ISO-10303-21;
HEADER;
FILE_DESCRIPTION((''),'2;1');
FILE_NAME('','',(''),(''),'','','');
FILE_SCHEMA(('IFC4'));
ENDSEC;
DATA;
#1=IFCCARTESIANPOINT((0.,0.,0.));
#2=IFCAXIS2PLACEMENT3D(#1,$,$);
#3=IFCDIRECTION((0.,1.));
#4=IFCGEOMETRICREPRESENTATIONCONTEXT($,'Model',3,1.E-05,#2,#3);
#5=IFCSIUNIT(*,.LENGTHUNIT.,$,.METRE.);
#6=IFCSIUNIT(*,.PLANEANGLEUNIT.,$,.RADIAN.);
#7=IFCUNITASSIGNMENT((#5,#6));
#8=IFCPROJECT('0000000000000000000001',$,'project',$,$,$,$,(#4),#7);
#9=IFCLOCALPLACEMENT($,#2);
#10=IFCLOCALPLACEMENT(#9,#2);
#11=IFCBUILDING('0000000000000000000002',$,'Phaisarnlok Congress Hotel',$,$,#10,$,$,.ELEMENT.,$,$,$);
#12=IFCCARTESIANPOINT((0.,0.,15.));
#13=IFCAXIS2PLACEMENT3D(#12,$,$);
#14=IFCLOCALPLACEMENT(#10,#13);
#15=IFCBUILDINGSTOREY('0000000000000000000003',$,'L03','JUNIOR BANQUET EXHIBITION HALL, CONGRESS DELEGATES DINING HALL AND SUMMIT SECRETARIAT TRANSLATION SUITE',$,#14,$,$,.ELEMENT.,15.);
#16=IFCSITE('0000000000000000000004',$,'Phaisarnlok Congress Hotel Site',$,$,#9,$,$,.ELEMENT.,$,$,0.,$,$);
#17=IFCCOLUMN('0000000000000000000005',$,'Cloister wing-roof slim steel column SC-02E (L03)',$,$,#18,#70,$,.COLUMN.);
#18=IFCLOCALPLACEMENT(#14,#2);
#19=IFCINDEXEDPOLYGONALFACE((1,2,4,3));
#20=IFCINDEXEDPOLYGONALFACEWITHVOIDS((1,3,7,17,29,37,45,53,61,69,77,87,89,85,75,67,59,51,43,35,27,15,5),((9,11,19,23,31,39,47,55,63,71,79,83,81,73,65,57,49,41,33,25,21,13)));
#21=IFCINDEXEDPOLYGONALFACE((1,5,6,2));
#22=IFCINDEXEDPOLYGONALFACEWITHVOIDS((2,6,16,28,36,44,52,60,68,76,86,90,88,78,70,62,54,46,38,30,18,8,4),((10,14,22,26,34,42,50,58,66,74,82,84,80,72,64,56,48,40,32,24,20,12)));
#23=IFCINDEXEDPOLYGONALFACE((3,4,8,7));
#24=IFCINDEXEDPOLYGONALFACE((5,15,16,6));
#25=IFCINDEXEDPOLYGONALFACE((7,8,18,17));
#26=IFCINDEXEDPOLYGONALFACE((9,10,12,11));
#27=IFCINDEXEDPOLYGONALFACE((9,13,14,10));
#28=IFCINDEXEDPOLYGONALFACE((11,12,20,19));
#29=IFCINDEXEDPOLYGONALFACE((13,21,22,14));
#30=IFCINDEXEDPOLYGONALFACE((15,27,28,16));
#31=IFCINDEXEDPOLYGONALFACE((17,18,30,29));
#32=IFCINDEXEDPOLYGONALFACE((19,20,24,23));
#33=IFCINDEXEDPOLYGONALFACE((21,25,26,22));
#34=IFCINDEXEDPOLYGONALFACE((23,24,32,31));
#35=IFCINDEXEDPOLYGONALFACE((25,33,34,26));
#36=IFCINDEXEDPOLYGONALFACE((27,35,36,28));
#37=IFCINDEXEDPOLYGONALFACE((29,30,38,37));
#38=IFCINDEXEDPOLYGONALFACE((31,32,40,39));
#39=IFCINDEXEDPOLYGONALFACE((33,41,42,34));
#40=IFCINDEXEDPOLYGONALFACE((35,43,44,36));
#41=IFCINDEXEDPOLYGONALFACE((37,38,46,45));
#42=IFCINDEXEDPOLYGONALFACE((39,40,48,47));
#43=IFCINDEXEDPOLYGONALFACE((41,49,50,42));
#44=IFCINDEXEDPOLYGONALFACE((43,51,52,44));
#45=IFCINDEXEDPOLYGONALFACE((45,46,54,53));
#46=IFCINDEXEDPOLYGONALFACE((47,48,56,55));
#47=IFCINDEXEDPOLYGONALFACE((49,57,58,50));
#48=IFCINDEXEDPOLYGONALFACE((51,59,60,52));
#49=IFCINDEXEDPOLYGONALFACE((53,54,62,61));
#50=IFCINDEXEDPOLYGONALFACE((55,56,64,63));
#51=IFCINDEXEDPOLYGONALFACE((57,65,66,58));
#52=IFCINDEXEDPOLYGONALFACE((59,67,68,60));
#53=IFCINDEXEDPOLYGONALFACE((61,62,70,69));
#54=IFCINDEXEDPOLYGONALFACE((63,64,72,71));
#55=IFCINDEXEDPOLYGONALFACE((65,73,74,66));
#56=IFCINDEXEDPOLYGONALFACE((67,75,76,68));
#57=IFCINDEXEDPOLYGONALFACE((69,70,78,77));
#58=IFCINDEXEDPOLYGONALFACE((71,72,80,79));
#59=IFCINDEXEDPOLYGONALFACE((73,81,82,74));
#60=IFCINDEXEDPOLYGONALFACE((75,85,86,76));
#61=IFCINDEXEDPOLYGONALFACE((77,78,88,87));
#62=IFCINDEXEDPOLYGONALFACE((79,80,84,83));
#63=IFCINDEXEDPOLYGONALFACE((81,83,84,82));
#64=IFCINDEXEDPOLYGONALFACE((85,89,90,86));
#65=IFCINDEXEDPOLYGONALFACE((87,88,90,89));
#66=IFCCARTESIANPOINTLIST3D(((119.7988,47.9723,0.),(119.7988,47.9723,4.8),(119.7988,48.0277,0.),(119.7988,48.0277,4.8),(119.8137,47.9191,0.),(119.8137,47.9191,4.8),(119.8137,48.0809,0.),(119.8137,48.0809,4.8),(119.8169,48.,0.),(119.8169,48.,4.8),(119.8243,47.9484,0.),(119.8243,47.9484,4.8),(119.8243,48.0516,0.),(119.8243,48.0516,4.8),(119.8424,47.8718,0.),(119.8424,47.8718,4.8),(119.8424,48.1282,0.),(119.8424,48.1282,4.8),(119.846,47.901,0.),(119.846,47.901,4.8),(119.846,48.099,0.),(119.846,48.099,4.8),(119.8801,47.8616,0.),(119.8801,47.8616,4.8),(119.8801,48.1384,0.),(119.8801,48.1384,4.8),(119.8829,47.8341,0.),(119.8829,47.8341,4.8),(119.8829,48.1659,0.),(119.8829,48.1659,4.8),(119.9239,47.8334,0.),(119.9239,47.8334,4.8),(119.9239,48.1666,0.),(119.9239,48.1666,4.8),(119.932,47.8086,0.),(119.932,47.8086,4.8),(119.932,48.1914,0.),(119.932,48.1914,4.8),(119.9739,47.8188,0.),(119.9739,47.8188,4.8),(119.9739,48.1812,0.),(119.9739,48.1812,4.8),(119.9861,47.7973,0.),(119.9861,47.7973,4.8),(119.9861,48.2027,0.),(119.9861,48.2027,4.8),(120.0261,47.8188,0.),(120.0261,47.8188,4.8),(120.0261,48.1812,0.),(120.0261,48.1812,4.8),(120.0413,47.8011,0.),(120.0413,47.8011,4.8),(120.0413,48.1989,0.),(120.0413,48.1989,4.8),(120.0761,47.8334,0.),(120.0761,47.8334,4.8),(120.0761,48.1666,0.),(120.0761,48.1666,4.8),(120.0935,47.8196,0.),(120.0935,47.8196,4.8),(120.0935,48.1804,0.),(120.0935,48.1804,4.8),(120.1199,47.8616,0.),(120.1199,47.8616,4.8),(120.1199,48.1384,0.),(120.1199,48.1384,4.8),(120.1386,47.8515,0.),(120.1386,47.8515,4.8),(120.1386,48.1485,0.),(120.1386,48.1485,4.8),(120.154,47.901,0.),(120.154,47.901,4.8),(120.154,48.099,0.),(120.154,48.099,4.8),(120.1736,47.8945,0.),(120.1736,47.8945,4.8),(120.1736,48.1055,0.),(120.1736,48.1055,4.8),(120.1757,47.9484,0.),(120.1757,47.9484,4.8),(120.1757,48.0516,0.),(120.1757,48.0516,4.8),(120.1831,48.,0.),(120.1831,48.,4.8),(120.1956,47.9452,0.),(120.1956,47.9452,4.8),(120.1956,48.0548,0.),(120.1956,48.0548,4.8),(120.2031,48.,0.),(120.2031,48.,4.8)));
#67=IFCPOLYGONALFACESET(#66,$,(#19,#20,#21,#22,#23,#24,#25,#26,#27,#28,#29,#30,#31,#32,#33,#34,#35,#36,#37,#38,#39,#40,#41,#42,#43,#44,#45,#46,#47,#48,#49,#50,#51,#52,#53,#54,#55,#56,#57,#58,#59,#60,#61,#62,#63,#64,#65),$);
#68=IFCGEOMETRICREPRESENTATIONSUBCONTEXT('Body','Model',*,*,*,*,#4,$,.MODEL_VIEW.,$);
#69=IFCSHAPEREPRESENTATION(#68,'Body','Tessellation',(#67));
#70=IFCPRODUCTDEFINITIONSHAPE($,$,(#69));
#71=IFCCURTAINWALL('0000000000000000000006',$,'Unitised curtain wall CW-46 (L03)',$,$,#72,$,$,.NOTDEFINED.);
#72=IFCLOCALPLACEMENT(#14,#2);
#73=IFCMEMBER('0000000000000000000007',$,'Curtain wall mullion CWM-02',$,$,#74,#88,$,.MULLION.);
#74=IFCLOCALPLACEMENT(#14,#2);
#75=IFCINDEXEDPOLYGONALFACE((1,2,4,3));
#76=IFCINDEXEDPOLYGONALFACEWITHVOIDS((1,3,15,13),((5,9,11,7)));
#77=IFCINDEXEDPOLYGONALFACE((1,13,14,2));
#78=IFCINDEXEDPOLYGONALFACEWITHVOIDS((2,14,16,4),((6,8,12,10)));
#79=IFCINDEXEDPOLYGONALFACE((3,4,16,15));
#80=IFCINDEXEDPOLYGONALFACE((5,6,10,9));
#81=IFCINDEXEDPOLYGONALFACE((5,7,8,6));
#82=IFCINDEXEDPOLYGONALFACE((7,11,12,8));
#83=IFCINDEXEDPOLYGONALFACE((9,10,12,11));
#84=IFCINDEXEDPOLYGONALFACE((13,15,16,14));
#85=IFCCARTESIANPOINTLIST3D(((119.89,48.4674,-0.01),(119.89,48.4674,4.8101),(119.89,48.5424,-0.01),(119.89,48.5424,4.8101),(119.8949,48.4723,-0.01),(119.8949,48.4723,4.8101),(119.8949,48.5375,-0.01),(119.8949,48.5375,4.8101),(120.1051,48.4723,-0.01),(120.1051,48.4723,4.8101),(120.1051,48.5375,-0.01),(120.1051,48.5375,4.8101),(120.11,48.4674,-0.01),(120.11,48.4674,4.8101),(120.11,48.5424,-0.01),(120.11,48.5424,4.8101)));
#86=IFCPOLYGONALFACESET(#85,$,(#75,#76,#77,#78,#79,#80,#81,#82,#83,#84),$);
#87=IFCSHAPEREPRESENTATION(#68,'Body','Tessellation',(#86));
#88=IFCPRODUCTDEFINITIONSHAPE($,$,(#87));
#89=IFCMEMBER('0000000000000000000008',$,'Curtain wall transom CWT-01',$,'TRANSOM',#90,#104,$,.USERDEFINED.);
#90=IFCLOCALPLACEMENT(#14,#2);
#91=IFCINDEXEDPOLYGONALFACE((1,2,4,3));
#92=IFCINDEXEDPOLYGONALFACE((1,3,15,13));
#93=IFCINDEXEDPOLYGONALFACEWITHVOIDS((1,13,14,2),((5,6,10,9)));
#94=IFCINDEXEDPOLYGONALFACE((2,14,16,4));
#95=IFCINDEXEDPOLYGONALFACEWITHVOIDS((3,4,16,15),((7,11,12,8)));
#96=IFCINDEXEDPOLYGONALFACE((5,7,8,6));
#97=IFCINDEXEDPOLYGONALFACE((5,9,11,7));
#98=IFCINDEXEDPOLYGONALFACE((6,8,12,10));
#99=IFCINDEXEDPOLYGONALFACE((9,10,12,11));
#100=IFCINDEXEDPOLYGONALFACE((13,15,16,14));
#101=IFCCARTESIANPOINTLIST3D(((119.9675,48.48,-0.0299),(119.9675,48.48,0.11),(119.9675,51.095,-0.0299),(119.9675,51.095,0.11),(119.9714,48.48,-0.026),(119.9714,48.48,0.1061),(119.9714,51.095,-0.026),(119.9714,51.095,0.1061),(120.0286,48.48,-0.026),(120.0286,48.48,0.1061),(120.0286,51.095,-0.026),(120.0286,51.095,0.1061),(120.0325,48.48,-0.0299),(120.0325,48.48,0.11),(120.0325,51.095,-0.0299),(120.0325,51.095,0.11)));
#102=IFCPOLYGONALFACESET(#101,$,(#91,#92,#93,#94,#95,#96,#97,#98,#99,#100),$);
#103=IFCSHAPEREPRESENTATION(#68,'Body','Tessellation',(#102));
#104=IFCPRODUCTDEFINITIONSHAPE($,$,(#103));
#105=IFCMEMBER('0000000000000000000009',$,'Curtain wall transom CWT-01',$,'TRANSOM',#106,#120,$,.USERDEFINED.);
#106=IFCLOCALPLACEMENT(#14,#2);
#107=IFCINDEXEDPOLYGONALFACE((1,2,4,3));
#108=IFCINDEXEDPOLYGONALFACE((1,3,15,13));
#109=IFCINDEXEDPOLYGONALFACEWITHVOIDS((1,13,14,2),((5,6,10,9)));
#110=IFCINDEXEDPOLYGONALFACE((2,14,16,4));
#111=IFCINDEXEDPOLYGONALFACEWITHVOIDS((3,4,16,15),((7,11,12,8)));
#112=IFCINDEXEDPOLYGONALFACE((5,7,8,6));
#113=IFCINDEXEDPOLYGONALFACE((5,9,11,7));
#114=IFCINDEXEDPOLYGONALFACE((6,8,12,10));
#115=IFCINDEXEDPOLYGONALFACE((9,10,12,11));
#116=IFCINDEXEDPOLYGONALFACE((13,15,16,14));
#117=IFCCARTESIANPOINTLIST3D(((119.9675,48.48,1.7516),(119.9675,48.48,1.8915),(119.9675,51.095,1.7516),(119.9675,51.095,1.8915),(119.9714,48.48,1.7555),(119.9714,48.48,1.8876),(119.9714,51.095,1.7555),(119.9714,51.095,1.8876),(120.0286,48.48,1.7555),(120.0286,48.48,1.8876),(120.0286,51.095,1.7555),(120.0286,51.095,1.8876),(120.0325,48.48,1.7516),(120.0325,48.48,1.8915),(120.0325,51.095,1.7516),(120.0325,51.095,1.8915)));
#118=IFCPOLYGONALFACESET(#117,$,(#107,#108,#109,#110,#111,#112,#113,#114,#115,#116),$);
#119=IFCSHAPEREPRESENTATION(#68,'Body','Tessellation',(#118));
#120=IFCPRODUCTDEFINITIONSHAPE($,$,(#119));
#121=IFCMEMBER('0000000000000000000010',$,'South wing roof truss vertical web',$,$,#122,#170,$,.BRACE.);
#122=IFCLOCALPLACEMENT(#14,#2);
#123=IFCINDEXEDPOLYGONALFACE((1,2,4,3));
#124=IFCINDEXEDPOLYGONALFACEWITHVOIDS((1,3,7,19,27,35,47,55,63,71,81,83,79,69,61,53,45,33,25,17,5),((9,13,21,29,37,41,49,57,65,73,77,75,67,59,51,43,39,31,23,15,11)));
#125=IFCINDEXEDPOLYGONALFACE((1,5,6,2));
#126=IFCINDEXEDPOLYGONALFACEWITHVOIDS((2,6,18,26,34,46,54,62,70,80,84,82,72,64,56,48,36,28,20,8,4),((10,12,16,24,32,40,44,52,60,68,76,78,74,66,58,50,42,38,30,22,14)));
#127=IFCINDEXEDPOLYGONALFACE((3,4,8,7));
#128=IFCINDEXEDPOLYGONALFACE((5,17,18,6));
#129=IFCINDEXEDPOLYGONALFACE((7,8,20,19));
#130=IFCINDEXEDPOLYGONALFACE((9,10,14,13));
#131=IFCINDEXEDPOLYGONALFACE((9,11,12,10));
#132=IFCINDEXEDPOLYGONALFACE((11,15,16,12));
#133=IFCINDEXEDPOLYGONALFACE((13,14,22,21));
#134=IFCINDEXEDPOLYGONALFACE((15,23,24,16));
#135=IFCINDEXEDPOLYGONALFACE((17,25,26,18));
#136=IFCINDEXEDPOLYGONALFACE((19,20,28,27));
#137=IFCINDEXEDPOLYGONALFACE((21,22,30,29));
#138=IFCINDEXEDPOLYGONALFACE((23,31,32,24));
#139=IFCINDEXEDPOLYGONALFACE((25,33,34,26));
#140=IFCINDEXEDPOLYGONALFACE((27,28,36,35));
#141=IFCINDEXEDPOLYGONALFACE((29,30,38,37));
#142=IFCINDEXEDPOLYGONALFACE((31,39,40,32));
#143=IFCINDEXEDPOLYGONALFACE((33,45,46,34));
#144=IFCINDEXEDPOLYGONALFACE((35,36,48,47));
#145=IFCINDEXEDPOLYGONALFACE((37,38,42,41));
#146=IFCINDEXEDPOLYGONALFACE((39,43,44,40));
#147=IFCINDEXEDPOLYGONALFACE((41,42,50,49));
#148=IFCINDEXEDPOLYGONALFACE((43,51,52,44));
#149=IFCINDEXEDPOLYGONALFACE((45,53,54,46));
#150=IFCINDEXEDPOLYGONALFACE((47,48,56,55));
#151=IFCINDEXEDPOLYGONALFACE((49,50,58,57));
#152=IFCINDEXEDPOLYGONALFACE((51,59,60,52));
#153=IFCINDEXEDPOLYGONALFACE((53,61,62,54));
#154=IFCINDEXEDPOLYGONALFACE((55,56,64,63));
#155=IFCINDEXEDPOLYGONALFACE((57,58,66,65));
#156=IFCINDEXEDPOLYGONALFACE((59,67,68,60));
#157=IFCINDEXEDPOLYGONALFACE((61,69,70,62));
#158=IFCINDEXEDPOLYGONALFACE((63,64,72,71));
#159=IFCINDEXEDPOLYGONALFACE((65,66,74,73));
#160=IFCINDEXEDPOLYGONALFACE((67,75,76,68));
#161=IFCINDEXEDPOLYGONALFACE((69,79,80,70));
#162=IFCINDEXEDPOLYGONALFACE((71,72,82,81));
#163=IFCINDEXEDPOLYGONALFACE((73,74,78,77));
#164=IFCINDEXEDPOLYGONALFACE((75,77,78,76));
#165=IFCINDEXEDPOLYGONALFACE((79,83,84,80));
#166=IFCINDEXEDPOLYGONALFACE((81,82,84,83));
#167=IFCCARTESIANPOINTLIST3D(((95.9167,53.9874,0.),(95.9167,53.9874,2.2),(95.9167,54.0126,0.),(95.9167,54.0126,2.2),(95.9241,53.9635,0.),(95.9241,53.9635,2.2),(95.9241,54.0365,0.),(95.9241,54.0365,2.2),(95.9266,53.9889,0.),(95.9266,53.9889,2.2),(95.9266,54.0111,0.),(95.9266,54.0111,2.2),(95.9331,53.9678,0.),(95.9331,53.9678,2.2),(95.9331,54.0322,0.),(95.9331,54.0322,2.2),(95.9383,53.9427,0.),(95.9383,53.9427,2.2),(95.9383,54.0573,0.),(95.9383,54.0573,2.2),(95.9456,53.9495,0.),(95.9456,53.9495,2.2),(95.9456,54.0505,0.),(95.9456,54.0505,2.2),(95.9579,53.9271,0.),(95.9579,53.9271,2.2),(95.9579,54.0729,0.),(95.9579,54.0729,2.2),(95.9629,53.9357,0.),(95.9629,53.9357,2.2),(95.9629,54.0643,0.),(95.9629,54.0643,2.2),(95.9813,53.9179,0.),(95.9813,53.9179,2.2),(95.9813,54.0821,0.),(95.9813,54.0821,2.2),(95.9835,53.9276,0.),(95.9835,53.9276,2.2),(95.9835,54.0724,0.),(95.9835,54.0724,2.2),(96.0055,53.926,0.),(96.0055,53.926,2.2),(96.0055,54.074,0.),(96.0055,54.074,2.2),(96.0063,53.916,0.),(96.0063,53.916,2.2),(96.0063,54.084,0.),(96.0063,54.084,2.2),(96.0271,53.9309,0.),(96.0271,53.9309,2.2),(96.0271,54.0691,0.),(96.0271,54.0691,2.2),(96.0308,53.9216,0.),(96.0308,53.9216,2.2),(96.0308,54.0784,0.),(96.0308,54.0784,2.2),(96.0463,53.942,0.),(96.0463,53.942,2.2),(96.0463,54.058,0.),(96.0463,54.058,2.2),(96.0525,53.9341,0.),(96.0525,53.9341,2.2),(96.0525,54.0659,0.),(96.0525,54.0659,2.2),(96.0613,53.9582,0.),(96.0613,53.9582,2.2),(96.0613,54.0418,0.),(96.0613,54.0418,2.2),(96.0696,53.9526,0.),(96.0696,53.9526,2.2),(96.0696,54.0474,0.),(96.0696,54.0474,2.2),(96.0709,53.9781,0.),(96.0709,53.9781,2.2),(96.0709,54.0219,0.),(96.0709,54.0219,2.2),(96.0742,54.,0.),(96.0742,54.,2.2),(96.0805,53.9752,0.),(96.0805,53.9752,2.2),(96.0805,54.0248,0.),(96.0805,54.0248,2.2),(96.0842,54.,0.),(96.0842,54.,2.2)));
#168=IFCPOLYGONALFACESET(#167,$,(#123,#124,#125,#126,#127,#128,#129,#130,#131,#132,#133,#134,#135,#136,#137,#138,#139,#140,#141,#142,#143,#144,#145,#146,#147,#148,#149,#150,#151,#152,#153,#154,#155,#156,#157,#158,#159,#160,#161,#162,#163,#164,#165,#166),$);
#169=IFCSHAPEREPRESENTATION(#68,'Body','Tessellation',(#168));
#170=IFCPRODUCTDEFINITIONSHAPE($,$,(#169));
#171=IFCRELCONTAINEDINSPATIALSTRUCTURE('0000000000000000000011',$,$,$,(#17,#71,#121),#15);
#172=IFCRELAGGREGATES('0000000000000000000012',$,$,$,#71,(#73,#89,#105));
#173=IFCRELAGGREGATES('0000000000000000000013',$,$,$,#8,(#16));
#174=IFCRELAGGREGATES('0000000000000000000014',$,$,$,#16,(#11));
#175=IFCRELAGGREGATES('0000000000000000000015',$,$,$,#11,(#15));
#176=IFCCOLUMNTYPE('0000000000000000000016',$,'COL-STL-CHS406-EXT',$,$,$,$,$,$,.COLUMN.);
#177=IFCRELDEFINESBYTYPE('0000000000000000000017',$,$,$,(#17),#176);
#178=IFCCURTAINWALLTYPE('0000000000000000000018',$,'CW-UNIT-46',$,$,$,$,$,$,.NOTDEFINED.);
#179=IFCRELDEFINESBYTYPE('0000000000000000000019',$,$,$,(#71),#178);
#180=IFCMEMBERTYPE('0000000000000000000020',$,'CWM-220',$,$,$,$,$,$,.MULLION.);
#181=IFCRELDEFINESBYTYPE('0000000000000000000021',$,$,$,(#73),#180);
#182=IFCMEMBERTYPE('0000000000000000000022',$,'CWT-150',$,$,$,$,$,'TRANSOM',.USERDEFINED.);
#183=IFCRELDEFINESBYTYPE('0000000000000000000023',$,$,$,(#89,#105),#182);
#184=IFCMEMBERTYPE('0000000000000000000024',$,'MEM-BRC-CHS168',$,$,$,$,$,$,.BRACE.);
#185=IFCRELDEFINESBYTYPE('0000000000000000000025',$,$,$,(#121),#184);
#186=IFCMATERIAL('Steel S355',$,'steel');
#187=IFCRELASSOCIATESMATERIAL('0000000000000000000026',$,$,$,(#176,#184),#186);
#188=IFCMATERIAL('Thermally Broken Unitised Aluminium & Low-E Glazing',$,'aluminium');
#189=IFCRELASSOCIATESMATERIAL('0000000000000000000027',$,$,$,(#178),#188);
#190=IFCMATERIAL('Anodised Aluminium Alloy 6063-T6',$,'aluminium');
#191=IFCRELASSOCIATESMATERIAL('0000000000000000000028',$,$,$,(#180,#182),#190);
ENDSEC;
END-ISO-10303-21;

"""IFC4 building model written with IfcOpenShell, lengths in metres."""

from ifc_helpers import new_model, si_unit, direction, frame, origin, origin_2d, place, context, subcontext, project, spatial, hollow_rectangle, hollow_circle, extrude, material, material_profile, profile_set, type_object, element, aggregate, save


model = new_model("IFC4")

# Units and contexts
model_context = context("Model", 3, precision=1e-05, world=origin(), true_north=direction((0.0, 1.0)))
body_context = subcontext(model_context, "Body", "Model", "MODEL_VIEW")
ifc_project = project(units=[si_unit("LENGTHUNIT", "METRE"), si_unit("PLANEANGLEUNIT", "RADIAN")], contexts=[model_context])

# Site, building, storey
site_placement = place(None, origin())
site = spatial("IfcSite", under=ifc_project, at=site_placement, Name="Phaisarnlok Congress Hotel Site", CompositionType="ELEMENT", RefElevation=0.0)
building_placement = place(site_placement, origin())
building = spatial("IfcBuilding", under=site, at=building_placement, Name="Phaisarnlok Congress Hotel", CompositionType="ELEMENT")
storey_placement = place(building_placement, frame((0.0, 0.0, 15.0)))
storey = spatial("IfcBuildingStorey", under=building, at=storey_placement, Name="L03", Description="JUNIOR BANQUET EXHIBITION HALL, CONGRESS DELEGATES DINING HALL AND SUMMIT SECRETARIAT TRANSLATION SUITE", CompositionType="ELEMENT", Elevation=15.0)

# Column
ifc_material_1 = material(Name="Steel S355", Category="steel")
ifc_material_profile_1 = material_profile(ifc_material_1, hollow_circle(Radius=0.2031, WallThickness=0.02, at=origin_2d()), Name="CHS 406.4x20")
ifc_profile_set_1 = profile_set([ifc_material_profile_1], Name="Steel S355")
column_type = type_object("IfcColumnType", Name="COL-STL-CHS406-EXT", PredefinedType="COLUMN", material=ifc_profile_set_1)
column_placement = place(storey_placement, frame((120.0, 48.0, 0.0), z_axis=(0.0, 0.0, 1.0), x_axis=(1.0, 0.0, 0.0)))
element("IfcColumn", 1, at=column_placement, inside=storey, type_object=column_type, Name="Cloister wing-roof slim steel column SC-02E (L03)", PredefinedType="COLUMN", context=body_context, shape_type="SweptSolid", body=[
    extrude(hollow_circle(Radius=0.2031, WallThickness=0.02, at=origin_2d()), origin(), (0.0, 0.0, 1.0), 4.8),
])

# Curtain wall, members
ifc_material_2 = material(Name="Thermally Broken Unitised Aluminium & Low-E Glazing", Category="aluminium")
curtain_wall_type = type_object("IfcCurtainWallType", Name="CW-UNIT-46", PredefinedType="NOTDEFINED", material=ifc_material_2)
curtain_wall_placement = place(storey_placement, origin())
curtain_wall = element("IfcCurtainWall", 2, at=curtain_wall_placement, inside=storey, type_object=curtain_wall_type, Name="Unitised curtain wall CW-46 (L03)", PredefinedType="NOTDEFINED")
ifc_material_3 = material(Name="Anodised Aluminium Alloy 6063-T6", Category="aluminium")
ifc_material_profile_2 = material_profile(ifc_material_3, hollow_rectangle(XDim=0.075, YDim=0.22, WallThickness=0.0049, at=origin_2d()), Name="ALU-M 75x220x5")
ifc_profile_set_2 = profile_set([ifc_material_profile_2], Name="Anodised Aluminium Alloy 6063-T6")
member_type_1 = type_object("IfcMemberType", Name="CWM-220", PredefinedType="MULLION", material=ifc_profile_set_2)
member_1_placement = place(storey_placement, frame((120.0, 48.5049, -0.01), z_axis=(0.0, 0.0, 1.0), x_axis=(0.0, -1.0, 0.0)))
member_1 = element("IfcMember", 3, at=member_1_placement, type_object=member_type_1, Name="Curtain wall mullion CWM-02", PredefinedType="MULLION", context=body_context, shape_type="SweptSolid", body=[
    extrude(hollow_rectangle(XDim=0.075, YDim=0.22, WallThickness=0.0049, at=origin_2d()), origin(), (0.0, 0.0, 1.0), 4.8201),
])
ifc_material_profile_3 = material_profile(ifc_material_3, hollow_rectangle(XDim=0.0649, YDim=0.1399, WallThickness=0.0039, at=origin_2d()), Name="ALU-T 65x140x4")
ifc_profile_set_3 = profile_set([ifc_material_profile_3], Name="Anodised Aluminium Alloy 6063-T6")
member_type_2 = type_object("IfcMemberType", Name="CWT-150", ElementType="TRANSOM", PredefinedType="USERDEFINED", material=ifc_profile_set_3)
member_2_placement = place(storey_placement, frame((120.0, 51.095, 0.04), z_axis=(0.0, -1.0, 0.0), x_axis=(1.0, 0.0, 0.0)))
member_2 = element("IfcMember", 4, at=member_2_placement, type_object=member_type_2, Name="Curtain wall transom CWT-01", ObjectType="TRANSOM", PredefinedType="USERDEFINED", context=body_context, shape_type="SweptSolid", body=[
    extrude(hollow_rectangle(XDim=0.0649, YDim=0.1399, WallThickness=0.0039, at=origin_2d()), origin(), (0.0, 0.0, 1.0), 2.615),
])
member_3_placement = place(storey_placement, frame((120.0, 51.095, 1.8215), z_axis=(0.0, -1.0, 0.0), x_axis=(1.0, 0.0, 0.0)))
member_3 = element("IfcMember", 5, at=member_3_placement, type_object=member_type_2, Name="Curtain wall transom CWT-01", ObjectType="TRANSOM", PredefinedType="USERDEFINED", context=body_context, shape_type="SweptSolid", body=[
    extrude(hollow_rectangle(XDim=0.0649, YDim=0.1399, WallThickness=0.0039, at=origin_2d()), origin(), (0.0, 0.0, 1.0), 2.615),
])
aggregate(curtain_wall, [member_1, member_2, member_3])

# Member
ifc_material_profile_4 = material_profile(ifc_material_1, hollow_circle(Radius=0.0842, WallThickness=0.01, at=origin_2d()), Name="CHS 168.3x10")
ifc_profile_set_4 = profile_set([ifc_material_profile_4], Name="Steel S355")
member_type_3 = type_object("IfcMemberType", Name="MEM-BRC-CHS168", PredefinedType="BRACE", material=ifc_profile_set_4)
member_4_placement = place(storey_placement, frame((96.0, 54.0, 0.0), z_axis=(0.0, 0.0, 1.0), x_axis=(1.0, 0.0, 0.0)))
element("IfcMember", 6, at=member_4_placement, inside=storey, type_object=member_type_3, Name="South wing roof truss vertical web", PredefinedType="BRACE", context=body_context, shape_type="SweptSolid", body=[
    extrude(hollow_circle(Radius=0.0842, WallThickness=0.01, at=origin_2d()), origin(), (0.0, 0.0, 1.0), 2.2),
])

save(model, "model.ifc")
